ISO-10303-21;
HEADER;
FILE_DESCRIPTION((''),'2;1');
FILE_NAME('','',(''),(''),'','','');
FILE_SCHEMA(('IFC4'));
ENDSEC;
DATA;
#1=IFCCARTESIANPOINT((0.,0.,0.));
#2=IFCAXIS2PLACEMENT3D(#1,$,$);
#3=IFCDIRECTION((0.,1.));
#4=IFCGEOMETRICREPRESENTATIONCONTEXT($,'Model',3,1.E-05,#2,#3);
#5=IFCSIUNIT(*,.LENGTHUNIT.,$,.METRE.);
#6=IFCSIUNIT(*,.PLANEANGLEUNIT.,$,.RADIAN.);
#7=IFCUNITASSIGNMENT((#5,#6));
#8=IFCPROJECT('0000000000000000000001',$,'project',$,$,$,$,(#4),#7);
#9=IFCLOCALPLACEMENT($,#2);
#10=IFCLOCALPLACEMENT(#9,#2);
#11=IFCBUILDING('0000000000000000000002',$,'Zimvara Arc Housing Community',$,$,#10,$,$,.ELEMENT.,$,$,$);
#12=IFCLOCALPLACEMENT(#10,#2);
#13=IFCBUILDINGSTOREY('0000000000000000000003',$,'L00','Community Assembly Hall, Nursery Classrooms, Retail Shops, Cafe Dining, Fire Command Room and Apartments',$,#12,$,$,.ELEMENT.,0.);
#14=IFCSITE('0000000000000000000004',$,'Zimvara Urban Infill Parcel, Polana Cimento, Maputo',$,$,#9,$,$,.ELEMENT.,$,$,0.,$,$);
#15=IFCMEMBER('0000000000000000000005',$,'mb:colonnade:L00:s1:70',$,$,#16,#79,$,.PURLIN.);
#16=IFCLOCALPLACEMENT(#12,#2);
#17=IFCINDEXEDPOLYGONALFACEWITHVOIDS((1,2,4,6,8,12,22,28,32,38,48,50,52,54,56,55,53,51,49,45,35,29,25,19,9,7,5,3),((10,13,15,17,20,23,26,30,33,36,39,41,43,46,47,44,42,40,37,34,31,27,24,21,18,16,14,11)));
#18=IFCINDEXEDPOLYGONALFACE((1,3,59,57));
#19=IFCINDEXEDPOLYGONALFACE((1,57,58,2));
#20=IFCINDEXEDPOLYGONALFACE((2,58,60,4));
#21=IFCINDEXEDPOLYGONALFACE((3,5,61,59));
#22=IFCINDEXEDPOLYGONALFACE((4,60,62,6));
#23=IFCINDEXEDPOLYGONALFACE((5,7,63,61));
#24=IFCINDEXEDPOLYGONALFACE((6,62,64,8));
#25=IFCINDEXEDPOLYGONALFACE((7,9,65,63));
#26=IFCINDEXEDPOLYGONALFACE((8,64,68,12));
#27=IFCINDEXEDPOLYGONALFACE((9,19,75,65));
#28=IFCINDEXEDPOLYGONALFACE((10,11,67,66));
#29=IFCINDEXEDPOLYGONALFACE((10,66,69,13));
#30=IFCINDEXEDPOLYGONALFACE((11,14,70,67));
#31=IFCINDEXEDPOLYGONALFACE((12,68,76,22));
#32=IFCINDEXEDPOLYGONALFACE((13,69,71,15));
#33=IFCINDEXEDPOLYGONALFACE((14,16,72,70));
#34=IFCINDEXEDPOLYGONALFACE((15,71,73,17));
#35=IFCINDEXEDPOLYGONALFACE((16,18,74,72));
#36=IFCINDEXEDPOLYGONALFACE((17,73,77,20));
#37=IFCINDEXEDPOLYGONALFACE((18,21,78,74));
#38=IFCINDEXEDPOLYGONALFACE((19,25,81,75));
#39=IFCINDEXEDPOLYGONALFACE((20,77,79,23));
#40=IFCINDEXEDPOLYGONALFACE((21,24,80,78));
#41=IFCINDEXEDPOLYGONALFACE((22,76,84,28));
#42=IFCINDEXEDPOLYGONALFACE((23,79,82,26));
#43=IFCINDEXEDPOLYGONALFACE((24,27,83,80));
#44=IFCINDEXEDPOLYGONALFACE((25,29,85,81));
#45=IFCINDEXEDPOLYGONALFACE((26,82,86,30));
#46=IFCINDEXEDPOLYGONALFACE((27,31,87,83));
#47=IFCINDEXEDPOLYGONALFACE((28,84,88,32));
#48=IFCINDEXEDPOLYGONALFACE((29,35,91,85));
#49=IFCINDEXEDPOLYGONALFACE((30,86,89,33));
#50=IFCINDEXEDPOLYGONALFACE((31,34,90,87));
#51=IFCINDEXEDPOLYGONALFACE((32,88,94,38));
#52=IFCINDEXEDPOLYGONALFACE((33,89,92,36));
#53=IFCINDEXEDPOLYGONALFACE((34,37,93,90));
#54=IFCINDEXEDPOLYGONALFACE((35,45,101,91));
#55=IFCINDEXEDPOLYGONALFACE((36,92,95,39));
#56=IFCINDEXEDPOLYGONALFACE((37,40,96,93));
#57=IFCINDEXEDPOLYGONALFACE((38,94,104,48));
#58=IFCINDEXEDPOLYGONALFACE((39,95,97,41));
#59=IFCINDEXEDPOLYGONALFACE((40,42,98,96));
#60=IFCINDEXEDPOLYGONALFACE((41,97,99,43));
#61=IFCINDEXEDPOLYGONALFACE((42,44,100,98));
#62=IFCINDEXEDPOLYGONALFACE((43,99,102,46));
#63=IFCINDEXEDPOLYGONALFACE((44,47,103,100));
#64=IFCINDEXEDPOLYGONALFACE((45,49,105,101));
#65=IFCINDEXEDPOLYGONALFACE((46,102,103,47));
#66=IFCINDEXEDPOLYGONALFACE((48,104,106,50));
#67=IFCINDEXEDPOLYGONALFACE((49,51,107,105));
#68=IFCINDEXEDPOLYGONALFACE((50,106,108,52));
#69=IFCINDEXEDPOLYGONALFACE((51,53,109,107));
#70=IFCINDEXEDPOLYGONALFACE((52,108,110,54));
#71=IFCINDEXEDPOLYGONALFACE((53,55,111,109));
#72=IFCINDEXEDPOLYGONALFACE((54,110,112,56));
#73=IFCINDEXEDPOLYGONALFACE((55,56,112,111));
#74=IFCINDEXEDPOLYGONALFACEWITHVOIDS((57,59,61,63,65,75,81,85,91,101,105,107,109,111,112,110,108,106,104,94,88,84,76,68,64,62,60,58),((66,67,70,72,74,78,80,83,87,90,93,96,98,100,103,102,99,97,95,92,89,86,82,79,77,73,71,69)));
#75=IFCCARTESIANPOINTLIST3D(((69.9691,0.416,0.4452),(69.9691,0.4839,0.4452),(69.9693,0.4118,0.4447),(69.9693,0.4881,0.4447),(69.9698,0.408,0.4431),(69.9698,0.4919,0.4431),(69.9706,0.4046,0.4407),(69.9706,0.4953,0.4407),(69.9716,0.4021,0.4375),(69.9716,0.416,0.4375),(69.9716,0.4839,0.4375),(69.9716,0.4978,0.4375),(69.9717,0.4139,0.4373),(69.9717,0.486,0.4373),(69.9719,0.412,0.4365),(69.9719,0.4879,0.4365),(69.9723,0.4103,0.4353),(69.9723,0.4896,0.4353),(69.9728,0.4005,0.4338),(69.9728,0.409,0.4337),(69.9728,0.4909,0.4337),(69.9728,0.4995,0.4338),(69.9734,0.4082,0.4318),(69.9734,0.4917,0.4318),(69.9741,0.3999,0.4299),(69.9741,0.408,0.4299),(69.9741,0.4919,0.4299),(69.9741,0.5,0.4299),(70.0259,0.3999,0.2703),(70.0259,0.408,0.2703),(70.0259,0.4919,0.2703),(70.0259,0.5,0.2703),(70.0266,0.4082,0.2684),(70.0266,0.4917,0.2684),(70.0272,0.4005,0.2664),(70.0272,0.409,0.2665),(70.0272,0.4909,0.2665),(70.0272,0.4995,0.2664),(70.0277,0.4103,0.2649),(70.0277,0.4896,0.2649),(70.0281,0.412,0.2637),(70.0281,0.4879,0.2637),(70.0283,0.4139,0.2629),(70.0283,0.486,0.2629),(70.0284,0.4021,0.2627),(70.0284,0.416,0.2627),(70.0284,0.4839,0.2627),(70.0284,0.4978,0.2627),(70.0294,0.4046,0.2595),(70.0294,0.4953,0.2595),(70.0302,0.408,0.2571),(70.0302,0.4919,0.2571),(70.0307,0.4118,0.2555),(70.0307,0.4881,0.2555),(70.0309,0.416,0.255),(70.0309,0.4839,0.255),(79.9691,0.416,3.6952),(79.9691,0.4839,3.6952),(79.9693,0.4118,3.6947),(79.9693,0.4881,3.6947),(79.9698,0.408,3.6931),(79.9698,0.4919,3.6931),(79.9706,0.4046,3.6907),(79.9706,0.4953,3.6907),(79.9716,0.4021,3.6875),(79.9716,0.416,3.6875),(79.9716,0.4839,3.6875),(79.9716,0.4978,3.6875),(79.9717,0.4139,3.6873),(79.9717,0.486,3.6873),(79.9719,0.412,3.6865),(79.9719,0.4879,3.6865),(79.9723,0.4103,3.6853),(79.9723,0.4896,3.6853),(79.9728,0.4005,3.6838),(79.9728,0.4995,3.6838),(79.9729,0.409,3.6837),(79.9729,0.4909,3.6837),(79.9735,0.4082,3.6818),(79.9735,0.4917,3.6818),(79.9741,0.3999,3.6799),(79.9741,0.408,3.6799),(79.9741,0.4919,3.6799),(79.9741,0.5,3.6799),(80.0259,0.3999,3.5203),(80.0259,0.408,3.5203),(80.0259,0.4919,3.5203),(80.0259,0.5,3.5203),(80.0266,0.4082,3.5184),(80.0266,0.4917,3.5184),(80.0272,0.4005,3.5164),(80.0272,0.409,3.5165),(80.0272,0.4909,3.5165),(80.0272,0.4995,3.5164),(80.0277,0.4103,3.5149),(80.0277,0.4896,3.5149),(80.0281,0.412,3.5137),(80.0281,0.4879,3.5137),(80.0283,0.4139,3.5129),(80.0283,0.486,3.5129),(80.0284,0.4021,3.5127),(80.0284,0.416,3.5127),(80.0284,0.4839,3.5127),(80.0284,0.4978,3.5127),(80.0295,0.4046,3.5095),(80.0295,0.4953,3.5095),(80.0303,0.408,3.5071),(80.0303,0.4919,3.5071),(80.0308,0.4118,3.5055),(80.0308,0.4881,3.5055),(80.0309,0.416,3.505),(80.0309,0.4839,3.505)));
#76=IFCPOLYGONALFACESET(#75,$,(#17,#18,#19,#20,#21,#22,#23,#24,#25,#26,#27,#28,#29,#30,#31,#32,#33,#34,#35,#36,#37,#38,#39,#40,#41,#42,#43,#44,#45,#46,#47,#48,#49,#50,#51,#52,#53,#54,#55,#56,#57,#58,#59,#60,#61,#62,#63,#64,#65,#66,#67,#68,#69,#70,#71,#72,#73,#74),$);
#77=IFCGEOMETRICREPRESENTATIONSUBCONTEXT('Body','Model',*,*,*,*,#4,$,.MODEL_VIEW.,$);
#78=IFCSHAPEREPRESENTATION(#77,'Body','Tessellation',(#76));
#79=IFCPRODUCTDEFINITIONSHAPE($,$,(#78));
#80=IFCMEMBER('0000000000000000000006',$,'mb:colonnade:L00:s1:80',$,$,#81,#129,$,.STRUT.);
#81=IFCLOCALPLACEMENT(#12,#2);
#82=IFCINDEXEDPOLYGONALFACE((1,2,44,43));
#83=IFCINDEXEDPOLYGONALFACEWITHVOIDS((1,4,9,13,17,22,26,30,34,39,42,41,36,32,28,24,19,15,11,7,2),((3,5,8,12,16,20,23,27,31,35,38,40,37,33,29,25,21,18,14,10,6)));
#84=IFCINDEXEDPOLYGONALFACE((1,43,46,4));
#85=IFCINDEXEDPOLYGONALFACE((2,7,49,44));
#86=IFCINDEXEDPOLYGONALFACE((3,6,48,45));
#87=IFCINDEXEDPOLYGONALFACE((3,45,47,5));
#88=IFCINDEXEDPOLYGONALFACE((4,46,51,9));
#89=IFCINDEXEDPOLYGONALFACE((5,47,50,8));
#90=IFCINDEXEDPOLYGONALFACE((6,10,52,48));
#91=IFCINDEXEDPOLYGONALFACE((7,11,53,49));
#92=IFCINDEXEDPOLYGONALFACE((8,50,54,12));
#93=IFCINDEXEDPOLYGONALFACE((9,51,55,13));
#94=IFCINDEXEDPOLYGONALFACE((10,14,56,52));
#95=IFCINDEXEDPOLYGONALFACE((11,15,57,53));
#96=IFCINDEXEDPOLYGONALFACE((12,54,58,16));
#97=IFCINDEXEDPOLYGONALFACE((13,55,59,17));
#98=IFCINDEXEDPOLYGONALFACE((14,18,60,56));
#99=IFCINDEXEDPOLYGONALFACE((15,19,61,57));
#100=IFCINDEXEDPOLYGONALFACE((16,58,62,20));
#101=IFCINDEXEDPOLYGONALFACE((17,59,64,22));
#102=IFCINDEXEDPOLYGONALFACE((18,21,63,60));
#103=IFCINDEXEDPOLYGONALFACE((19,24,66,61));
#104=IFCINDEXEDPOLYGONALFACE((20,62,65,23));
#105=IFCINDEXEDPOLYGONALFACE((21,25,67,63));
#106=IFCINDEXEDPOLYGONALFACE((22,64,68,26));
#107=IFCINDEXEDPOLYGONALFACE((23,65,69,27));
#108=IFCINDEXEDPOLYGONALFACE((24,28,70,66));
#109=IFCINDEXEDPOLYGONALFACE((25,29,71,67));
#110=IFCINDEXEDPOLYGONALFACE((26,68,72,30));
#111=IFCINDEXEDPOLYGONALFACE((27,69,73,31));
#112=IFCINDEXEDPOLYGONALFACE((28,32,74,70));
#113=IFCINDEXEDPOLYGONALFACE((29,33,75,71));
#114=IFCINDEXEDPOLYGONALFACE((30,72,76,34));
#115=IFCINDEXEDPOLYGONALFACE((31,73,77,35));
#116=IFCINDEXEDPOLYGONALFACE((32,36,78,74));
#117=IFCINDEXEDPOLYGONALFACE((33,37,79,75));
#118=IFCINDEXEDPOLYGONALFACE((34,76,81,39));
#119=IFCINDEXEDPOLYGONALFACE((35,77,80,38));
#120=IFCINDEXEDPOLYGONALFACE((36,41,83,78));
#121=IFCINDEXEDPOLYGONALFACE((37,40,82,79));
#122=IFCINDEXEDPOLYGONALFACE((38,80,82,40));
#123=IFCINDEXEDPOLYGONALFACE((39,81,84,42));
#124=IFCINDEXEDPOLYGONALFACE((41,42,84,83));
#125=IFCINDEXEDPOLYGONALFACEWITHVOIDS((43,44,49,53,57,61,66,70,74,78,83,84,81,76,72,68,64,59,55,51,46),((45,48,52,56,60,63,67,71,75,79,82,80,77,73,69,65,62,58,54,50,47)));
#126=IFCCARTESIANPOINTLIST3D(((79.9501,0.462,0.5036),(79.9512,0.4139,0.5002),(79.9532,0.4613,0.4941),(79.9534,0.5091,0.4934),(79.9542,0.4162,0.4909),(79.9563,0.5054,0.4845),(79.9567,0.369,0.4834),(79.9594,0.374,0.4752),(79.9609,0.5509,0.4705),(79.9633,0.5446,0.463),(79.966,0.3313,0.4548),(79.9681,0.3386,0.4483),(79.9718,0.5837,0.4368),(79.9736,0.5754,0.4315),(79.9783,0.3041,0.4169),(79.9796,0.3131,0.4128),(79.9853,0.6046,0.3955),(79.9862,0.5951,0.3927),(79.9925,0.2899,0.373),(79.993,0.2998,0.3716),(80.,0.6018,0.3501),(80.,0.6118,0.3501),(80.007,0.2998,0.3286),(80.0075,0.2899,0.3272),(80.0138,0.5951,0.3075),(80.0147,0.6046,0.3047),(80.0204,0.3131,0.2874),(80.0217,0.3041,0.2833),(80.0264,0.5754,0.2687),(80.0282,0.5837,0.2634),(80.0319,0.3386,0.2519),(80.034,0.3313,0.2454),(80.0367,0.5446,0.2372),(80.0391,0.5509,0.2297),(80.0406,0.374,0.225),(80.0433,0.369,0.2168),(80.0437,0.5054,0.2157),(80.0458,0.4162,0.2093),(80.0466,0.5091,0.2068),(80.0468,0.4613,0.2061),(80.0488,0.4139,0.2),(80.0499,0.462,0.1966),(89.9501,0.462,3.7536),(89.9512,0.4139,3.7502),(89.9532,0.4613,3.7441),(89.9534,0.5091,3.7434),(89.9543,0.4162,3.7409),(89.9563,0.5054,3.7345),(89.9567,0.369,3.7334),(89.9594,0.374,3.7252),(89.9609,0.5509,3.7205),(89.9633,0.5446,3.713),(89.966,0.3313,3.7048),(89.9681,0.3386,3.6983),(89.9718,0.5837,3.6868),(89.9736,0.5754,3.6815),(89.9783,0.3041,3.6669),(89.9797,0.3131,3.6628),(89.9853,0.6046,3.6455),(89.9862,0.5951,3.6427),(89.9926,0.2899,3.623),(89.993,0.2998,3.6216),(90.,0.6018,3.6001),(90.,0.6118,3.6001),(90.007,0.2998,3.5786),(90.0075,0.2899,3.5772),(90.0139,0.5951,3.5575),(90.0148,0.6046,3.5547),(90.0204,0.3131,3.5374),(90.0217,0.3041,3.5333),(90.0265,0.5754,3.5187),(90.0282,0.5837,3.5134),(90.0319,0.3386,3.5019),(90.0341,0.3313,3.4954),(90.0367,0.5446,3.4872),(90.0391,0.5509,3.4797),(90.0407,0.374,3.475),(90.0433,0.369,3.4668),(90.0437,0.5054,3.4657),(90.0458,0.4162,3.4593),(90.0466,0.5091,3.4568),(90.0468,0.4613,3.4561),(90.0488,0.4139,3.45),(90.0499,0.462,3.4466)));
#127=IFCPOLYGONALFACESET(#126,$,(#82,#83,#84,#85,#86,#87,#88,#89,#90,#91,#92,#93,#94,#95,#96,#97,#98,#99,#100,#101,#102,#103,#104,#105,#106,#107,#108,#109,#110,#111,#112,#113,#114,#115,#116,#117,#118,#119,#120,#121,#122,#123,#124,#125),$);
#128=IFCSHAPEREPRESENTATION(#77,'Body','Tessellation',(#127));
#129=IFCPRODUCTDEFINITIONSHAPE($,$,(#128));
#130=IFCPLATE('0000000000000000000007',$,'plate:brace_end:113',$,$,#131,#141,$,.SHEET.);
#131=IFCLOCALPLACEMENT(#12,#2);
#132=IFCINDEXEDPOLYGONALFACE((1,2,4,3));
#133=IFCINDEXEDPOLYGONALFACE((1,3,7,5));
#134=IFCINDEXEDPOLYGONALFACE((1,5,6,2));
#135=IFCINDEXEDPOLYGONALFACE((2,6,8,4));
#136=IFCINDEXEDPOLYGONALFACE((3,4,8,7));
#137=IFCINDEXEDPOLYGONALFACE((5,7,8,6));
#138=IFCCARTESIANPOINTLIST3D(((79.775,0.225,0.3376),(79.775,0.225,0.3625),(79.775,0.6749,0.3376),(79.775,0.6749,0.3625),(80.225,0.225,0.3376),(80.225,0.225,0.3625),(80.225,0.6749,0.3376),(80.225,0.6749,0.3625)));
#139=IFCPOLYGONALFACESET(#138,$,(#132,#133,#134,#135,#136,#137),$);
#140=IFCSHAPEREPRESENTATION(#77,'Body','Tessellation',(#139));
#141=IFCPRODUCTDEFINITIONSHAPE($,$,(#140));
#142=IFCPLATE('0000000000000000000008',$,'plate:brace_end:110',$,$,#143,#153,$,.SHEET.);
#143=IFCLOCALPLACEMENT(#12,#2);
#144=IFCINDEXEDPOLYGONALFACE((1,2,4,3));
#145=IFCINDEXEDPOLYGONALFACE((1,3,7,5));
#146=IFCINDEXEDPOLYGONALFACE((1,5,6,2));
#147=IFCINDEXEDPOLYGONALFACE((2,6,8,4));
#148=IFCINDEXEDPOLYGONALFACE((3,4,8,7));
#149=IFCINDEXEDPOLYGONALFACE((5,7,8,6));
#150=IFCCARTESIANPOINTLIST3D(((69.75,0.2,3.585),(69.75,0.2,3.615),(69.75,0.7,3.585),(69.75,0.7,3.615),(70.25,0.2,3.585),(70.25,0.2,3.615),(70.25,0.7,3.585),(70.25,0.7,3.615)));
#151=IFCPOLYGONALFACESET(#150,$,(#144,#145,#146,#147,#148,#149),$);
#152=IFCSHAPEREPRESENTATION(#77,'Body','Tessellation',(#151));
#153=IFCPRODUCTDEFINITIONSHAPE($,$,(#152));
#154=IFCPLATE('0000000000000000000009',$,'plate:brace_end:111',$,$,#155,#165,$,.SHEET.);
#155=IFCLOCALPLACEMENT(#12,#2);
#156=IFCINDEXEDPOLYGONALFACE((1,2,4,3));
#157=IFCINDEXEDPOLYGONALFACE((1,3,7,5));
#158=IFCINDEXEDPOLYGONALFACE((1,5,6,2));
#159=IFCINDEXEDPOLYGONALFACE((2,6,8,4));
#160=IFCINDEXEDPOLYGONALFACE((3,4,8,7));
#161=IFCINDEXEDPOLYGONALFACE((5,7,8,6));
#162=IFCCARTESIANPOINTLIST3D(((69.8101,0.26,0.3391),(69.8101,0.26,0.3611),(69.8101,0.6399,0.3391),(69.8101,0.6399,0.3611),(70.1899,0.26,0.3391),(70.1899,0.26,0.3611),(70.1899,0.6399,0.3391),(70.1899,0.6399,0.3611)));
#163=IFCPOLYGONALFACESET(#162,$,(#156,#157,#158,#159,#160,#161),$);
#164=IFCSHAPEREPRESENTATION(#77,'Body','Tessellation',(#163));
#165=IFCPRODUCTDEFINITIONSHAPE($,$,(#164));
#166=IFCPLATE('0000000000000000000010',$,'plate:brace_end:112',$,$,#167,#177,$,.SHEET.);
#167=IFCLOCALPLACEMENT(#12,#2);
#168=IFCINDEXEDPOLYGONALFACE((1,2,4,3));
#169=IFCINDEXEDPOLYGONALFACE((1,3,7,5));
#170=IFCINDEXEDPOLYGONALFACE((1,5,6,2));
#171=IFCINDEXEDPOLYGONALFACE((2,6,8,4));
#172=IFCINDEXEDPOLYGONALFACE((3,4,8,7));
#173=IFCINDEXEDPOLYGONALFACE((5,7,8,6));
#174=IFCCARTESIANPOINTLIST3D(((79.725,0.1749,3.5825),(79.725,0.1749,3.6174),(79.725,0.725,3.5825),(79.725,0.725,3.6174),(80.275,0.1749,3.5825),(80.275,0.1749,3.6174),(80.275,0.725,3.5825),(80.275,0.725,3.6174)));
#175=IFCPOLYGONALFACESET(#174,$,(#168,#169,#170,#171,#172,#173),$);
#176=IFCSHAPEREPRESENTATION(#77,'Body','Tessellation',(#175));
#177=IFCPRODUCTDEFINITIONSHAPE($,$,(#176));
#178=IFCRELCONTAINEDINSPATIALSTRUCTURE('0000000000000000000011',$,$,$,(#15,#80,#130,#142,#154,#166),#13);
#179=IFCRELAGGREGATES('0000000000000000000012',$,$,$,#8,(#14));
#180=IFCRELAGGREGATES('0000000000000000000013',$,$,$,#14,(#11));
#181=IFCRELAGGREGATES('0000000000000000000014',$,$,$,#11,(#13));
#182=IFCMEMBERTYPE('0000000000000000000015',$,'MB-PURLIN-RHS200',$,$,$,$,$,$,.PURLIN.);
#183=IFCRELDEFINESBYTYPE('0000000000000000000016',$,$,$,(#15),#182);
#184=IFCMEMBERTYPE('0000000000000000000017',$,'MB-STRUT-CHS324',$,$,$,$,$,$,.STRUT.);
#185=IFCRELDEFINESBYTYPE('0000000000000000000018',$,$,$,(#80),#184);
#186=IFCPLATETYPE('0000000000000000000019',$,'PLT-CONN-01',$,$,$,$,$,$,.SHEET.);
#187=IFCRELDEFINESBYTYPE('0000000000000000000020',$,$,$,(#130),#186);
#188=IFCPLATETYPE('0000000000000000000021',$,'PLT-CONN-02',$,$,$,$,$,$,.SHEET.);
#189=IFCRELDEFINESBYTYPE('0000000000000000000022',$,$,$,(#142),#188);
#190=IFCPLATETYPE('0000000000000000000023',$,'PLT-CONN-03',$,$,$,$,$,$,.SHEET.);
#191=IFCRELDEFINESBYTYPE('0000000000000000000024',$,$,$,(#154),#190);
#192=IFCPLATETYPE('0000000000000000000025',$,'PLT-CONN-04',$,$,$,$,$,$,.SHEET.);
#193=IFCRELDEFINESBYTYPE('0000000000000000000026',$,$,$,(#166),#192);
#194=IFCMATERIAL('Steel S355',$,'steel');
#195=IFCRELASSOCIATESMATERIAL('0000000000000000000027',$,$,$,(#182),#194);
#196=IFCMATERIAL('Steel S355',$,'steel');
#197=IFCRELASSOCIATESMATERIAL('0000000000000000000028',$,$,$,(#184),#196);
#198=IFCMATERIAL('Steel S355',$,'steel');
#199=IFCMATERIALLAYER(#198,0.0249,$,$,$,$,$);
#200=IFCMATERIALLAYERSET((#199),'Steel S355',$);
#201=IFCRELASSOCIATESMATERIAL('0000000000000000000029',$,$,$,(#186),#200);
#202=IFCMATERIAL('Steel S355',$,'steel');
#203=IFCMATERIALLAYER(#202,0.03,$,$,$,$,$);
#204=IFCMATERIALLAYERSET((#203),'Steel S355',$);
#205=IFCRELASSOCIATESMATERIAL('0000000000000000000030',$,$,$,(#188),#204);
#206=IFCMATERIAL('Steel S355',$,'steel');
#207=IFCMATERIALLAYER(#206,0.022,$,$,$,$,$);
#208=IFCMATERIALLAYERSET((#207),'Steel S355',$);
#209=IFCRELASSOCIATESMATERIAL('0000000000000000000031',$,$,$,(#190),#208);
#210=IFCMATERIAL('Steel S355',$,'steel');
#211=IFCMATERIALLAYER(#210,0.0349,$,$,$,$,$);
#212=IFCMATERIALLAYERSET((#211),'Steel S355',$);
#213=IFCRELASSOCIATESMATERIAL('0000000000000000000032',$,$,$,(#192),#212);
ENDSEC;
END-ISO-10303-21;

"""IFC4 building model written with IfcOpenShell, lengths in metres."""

from ifc_helpers import new_model, si_unit, direction, frame, origin, origin_2d, place, context, subcontext, project, spatial, rectangle, hollow_rectangle, hollow_circle, extrude, material, layer, layer_set, material_profile, profile_set, type_object, element, save


model = new_model("IFC4")

# Units and contexts
model_context = context("Model", 3, precision=1e-05, world=origin(), true_north=direction((0.0, 1.0)))
body_context = subcontext(model_context, "Body", "Model", "MODEL_VIEW")
ifc_project = project(units=[si_unit("LENGTHUNIT", "METRE"), si_unit("PLANEANGLEUNIT", "RADIAN")], contexts=[model_context])

# Site, building, storey
site_placement = place(None, origin())
site = spatial("IfcSite", under=ifc_project, at=site_placement, Name="Zimvara Urban Infill Parcel, Polana Cimento, Maputo", CompositionType="ELEMENT", RefElevation=0.0)
building_placement = place(site_placement, origin())
building = spatial("IfcBuilding", under=site, at=building_placement, Name="Zimvara Arc Housing Community", CompositionType="ELEMENT")
storey_placement = place(building_placement, origin())
storey = spatial("IfcBuildingStorey", under=building, at=storey_placement, Name="L00", Description="Community Assembly Hall, Nursery Classrooms, Retail Shops, Cafe Dining, Fire Command Room and Apartments", CompositionType="ELEMENT", Elevation=0.0)

# Members
ifc_material_1 = material(Name="Steel S355", Category="steel")
ifc_material_profile_1 = material_profile(ifc_material_1, hollow_rectangle(XDim=0.1001, YDim=0.2, WallThickness=0.0081, InnerFilletRadius=0.0081, OuterFilletRadius=0.0161, at=origin_2d()), Name="RHS 200x100x8.0")
ifc_profile_set_1 = profile_set([ifc_material_profile_1], Name="Steel S355")
member_type_1 = type_object("IfcMemberType", Name="MB-PURLIN-RHS200", PredefinedType="PURLIN", material=ifc_profile_set_1)
member_1_placement = place(storey_placement, frame((70.0, 0.45, 0.3501), z_axis=(0.951034, 0.0, 0.309086), x_axis=(0.0, 1.0, 0.0)))
element("IfcMember", 1, at=member_1_placement, inside=storey, type_object=member_type_1, Name="mb:colonnade:L00:s1:70", PredefinedType="PURLIN", context=body_context, shape_type="SweptSolid", body=[
    extrude(hollow_rectangle(XDim=0.1001, YDim=0.2, WallThickness=0.0081, InnerFilletRadius=0.0081, OuterFilletRadius=0.0161, at=origin_2d()), origin(), (0.0, 0.0, 1.0), 10.5149),
])
ifc_material_2 = material(Name="Steel S355", Category="steel")
ifc_material_profile_2 = material_profile(ifc_material_2, hollow_circle(Radius=0.1619, WallThickness=0.01, at=origin_2d()), Name="CHS 323.9x10.0")
ifc_profile_set_2 = profile_set([ifc_material_profile_2], Name="Steel S355")
member_type_2 = type_object("IfcMemberType", Name="MB-STRUT-CHS324", PredefinedType="STRUT", material=ifc_profile_set_2)
member_2_placement = place(storey_placement, frame((80.0, 0.45, 0.3501), z_axis=(0.951034, 0.0, 0.309086), x_axis=(0.0, 1.0, 0.0)))
element("IfcMember", 2, at=member_2_placement, inside=storey, type_object=member_type_2, Name="mb:colonnade:L00:s1:80", PredefinedType="STRUT", context=body_context, shape_type="SweptSolid", body=[
    extrude(hollow_circle(Radius=0.1619, WallThickness=0.01, at=origin_2d()), origin(), (0.0, 0.0, 1.0), 10.5149),
])

# Plates
ifc_material_3 = material(Name="Steel S355", Category="steel")
ifc_layer_1 = layer(ifc_material_3, 0.0249)
ifc_layer_set_1 = layer_set([ifc_layer_1], Name="Steel S355")
plate_type_1 = type_object("IfcPlateType", Name="PLT-CONN-01", PredefinedType="SHEET", material=ifc_layer_set_1)
plate_1_placement = place(storey_placement, frame((80.0, 0.45, 0.3376), z_axis=(0.0, 0.0, 1.0), x_axis=(1.0, 0.0, 0.0)))
element("IfcPlate", 3, at=plate_1_placement, inside=storey, type_object=plate_type_1, Name="plate:brace_end:113", PredefinedType="SHEET", context=body_context, shape_type="SweptSolid", body=[
    extrude(rectangle(XDim=0.45, YDim=0.45, at=origin_2d()), origin(), (0.0, 0.0, 1.0), 0.0249),
])
ifc_material_4 = material(Name="Steel S355", Category="steel")
ifc_layer_2 = layer(ifc_material_4, 0.03)
ifc_layer_set_2 = layer_set([ifc_layer_2], Name="Steel S355")
plate_type_2 = type_object("IfcPlateType", Name="PLT-CONN-02", PredefinedType="SHEET", material=ifc_layer_set_2)
plate_2_placement = place(storey_placement, frame((70.0, 0.45, 3.585), z_axis=(0.0, 0.0, 1.0), x_axis=(1.0, 0.0, 0.0)))
element("IfcPlate", 4, at=plate_2_placement, inside=storey, type_object=plate_type_2, Name="plate:brace_end:110", PredefinedType="SHEET", context=body_context, shape_type="SweptSolid", body=[
    extrude(rectangle(XDim=0.5, YDim=0.5, at=origin_2d()), origin(), (0.0, 0.0, 1.0), 0.03),
])
ifc_material_5 = material(Name="Steel S355", Category="steel")
ifc_layer_3 = layer(ifc_material_5, 0.022)
ifc_layer_set_3 = layer_set([ifc_layer_3], Name="Steel S355")
plate_type_3 = type_object("IfcPlateType", Name="PLT-CONN-03", PredefinedType="SHEET", material=ifc_layer_set_3)
plate_3_placement = place(storey_placement, frame((70.0, 0.45, 0.3391), z_axis=(0.0, 0.0, 1.0), x_axis=(1.0, 0.0, 0.0)))
element("IfcPlate", 5, at=plate_3_placement, inside=storey, type_object=plate_type_3, Name="plate:brace_end:111", PredefinedType="SHEET", context=body_context, shape_type="SweptSolid", body=[
    extrude(rectangle(XDim=0.3799, YDim=0.3799, at=origin_2d()), origin(), (0.0, 0.0, 1.0), 0.022),
])
ifc_material_6 = material(Name="Steel S355", Category="steel")
ifc_layer_4 = layer(ifc_material_6, 0.0349)
ifc_layer_set_4 = layer_set([ifc_layer_4], Name="Steel S355")
plate_type_4 = type_object("IfcPlateType", Name="PLT-CONN-04", PredefinedType="SHEET", material=ifc_layer_set_4)
plate_4_placement = place(storey_placement, frame((80.0, 0.45, 3.5825), z_axis=(0.0, 0.0, 1.0), x_axis=(1.0, 0.0, 0.0)))
element("IfcPlate", 6, at=plate_4_placement, inside=storey, type_object=plate_type_4, Name="plate:brace_end:112", PredefinedType="SHEET", context=body_context, shape_type="SweptSolid", body=[
    extrude(rectangle(XDim=0.55, YDim=0.55, at=origin_2d()), origin(), (0.0, 0.0, 1.0), 0.0349),
])

save(model, "model.ifc")
